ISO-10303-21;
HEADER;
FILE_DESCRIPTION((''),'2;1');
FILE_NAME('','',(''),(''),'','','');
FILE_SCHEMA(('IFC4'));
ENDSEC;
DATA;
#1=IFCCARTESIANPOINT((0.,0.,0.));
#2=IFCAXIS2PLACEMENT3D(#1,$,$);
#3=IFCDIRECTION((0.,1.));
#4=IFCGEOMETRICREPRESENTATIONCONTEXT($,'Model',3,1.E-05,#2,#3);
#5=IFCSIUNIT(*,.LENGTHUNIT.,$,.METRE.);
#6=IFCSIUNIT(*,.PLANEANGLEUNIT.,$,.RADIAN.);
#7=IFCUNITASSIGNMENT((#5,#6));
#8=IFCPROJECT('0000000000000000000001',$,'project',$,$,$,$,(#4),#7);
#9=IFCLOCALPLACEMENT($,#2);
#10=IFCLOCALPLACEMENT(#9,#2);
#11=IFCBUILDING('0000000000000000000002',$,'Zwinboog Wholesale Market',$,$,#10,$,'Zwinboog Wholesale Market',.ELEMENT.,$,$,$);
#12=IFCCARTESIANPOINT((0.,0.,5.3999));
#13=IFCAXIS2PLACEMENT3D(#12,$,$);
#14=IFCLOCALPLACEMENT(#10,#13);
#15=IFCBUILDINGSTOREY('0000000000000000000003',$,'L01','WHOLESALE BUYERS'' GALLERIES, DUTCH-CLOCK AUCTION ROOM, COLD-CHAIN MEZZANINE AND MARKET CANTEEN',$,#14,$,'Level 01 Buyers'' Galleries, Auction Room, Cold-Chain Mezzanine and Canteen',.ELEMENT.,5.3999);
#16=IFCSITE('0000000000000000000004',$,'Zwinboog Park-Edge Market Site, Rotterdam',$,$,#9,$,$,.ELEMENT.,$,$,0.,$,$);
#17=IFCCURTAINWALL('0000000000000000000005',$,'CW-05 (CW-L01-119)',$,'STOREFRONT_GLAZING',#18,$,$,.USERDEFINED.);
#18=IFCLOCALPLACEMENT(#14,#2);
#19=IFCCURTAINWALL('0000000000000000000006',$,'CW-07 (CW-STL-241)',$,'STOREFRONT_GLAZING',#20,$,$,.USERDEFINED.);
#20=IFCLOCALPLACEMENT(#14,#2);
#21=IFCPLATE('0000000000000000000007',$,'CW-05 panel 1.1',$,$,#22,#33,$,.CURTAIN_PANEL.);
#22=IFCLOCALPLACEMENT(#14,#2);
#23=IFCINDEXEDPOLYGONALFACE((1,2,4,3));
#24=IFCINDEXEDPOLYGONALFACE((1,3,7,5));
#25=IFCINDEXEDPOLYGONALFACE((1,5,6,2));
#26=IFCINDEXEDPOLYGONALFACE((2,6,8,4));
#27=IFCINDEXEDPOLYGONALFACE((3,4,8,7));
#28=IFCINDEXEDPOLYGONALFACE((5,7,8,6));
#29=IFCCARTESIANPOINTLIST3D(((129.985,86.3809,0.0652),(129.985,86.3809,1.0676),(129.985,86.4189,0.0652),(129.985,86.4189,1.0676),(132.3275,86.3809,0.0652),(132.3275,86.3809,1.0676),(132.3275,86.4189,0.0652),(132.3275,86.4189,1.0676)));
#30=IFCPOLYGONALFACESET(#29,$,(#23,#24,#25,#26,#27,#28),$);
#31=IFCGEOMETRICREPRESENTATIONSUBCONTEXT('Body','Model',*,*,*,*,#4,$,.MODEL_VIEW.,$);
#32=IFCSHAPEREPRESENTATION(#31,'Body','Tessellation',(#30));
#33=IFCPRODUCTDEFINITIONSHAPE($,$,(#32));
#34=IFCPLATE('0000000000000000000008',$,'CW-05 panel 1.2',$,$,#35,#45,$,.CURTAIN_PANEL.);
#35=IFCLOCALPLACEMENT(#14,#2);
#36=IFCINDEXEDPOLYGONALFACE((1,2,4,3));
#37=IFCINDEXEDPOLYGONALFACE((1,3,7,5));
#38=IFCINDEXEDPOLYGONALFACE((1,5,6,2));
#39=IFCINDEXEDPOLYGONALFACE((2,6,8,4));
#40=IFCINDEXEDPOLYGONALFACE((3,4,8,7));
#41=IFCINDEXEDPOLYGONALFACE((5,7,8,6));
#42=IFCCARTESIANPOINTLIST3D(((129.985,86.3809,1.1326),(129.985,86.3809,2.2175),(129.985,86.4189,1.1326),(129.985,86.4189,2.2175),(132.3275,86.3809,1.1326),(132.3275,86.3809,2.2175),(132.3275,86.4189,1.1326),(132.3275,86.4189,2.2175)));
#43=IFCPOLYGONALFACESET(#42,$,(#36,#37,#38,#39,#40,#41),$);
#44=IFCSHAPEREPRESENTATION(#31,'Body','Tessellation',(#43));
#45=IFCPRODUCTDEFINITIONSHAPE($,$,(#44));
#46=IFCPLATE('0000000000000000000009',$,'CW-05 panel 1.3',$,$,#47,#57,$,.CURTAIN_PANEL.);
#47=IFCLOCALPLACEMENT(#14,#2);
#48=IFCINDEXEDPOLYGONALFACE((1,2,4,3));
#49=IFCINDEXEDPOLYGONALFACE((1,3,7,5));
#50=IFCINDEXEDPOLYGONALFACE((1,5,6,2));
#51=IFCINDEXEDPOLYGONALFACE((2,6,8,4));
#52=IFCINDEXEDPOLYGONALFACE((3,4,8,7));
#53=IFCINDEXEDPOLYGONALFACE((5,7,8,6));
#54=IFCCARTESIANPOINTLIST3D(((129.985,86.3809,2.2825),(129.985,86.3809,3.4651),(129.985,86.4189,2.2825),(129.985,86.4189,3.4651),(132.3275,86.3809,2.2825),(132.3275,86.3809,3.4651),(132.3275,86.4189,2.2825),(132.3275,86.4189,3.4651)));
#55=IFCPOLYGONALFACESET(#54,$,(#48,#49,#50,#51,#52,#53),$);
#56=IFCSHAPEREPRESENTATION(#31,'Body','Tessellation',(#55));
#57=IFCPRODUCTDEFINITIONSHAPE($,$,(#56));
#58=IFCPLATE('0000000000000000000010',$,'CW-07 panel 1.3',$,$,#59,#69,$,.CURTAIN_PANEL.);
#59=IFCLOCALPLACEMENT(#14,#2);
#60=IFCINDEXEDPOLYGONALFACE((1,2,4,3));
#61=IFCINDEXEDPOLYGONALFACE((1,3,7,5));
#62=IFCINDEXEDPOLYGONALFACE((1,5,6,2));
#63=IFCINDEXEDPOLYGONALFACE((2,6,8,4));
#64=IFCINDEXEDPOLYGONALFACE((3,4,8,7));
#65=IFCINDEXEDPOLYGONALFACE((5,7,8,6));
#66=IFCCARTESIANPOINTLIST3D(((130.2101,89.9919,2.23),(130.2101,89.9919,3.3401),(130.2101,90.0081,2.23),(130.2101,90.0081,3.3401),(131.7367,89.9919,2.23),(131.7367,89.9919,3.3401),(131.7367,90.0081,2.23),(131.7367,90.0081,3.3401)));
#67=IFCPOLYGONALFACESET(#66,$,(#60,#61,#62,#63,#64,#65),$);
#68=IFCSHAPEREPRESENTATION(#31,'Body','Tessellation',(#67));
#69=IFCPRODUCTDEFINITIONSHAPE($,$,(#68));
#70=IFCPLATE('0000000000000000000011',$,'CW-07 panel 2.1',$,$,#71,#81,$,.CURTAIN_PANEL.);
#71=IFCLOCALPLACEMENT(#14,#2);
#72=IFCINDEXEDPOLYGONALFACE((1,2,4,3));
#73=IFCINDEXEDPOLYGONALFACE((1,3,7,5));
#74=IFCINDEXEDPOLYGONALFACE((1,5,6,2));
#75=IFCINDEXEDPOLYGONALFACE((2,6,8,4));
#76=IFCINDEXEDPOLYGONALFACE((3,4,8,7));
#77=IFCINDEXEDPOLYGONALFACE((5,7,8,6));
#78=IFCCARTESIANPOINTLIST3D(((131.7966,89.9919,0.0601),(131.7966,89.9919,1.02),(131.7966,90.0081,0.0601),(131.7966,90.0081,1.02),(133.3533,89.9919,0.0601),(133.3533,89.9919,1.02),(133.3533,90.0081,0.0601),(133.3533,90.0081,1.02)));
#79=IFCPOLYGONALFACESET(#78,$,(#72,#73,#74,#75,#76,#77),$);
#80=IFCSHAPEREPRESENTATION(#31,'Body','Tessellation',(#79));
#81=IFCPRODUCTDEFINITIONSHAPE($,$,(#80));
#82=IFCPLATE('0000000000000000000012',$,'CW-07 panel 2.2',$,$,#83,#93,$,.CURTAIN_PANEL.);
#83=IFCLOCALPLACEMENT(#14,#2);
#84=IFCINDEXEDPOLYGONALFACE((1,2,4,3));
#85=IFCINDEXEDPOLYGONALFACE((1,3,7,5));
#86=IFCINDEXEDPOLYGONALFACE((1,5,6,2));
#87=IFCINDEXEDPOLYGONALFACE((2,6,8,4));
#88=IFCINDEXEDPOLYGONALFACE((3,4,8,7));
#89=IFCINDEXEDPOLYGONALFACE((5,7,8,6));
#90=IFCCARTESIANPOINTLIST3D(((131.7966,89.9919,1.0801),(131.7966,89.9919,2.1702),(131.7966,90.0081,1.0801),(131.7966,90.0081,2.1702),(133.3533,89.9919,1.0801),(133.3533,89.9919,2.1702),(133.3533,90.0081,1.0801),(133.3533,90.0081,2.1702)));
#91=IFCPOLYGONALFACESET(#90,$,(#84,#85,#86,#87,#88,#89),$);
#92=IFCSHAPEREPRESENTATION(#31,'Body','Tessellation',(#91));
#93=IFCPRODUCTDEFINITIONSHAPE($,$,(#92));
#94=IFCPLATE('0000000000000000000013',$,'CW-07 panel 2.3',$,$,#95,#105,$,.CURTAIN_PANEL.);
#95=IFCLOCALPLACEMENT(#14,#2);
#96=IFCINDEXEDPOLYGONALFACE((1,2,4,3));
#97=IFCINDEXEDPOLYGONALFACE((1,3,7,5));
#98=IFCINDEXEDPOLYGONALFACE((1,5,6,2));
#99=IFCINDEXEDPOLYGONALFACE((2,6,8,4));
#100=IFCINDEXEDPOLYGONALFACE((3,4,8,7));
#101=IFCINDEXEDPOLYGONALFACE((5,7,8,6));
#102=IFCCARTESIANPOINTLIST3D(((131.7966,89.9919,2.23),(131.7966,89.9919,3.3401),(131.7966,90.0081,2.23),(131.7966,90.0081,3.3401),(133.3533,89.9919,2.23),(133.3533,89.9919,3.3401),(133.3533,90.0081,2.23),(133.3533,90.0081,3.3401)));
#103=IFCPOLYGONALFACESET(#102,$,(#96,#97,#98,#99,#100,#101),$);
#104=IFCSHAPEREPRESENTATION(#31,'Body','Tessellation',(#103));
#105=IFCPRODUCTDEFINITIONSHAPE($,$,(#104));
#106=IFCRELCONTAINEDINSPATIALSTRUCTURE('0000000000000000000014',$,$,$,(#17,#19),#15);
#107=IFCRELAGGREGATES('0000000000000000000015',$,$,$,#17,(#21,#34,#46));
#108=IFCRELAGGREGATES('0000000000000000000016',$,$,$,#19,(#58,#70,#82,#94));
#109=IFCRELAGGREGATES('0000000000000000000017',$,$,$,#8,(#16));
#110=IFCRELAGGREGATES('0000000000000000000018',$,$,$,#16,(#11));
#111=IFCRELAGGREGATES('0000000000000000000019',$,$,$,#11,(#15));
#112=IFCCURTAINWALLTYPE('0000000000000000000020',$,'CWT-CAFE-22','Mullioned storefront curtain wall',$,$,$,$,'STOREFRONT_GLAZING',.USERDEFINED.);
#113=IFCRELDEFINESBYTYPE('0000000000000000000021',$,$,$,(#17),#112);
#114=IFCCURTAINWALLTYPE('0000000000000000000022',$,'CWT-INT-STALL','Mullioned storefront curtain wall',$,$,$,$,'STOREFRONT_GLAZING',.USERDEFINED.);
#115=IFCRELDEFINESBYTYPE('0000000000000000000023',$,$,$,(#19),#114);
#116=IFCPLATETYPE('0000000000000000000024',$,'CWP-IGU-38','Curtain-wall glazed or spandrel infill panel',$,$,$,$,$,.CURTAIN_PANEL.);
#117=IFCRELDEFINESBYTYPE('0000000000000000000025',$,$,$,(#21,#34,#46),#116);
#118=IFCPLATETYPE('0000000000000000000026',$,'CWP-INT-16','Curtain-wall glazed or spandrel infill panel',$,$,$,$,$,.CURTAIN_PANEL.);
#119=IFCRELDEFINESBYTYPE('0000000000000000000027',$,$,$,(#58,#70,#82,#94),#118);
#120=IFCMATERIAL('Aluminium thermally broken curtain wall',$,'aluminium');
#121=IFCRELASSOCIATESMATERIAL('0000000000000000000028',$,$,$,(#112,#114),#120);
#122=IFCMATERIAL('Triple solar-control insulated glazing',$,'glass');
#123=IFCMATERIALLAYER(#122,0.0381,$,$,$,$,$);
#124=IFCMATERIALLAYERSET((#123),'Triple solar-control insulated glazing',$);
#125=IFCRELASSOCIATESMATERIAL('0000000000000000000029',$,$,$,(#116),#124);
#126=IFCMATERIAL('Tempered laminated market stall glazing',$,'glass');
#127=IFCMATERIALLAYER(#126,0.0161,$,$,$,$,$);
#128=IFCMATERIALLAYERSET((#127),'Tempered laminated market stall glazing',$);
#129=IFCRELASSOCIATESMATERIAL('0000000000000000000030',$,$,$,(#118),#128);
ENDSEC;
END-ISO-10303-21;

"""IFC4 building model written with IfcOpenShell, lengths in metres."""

from ifc_helpers import new_model, si_unit, direction, frame, origin, origin_2d, place, context, subcontext, project, spatial, rectangle, extrude, material, layer, layer_set, type_object, element, aggregate, save


model = new_model("IFC4")

# Units and contexts
model_context = context("Model", 3, precision=1e-05, world=origin(), true_north=direction((0.0, 1.0)))
body_context = subcontext(model_context, "Body", "Model", "MODEL_VIEW")
ifc_project = project(units=[si_unit("LENGTHUNIT", "METRE"), si_unit("PLANEANGLEUNIT", "RADIAN")], contexts=[model_context])

# Site, building, storey
site_placement = place(None, origin())
site = spatial("IfcSite", under=ifc_project, at=site_placement, Name="Zwinboog Park-Edge Market Site, Rotterdam", CompositionType="ELEMENT", RefElevation=0.0)
building_placement = place(site_placement, origin())
building = spatial("IfcBuilding", under=site, at=building_placement, Name="Zwinboog Wholesale Market", LongName="Zwinboog Wholesale Market", CompositionType="ELEMENT")
storey_placement = place(building_placement, frame((0.0, 0.0, 5.3999)))
storey = spatial("IfcBuildingStorey", under=building, at=storey_placement, Name="L01", Description="WHOLESALE BUYERS' GALLERIES, DUTCH-CLOCK AUCTION ROOM, COLD-CHAIN MEZZANINE AND MARKET CANTEEN", LongName="Level 01 Buyers' Galleries, Auction Room, Cold-Chain Mezzanine and Canteen", CompositionType="ELEMENT", Elevation=5.3999)

# Curtain walls
ifc_material_1 = material(Name="Aluminium thermally broken curtain wall", Category="aluminium")
curtain_wall_type_1 = type_object("IfcCurtainWallType", Name="CWT-CAFE-22", Description="Mullioned storefront curtain wall", ElementType="STOREFRONT_GLAZING", PredefinedType="USERDEFINED", material=ifc_material_1)
curtain_wall_1_placement = place(storey_placement, origin())
curtain_wall_1 = element("IfcCurtainWall", 1, at=curtain_wall_1_placement, inside=storey, type_object=curtain_wall_type_1, Name="CW-05 (CW-L01-119)", ObjectType="STOREFRONT_GLAZING", PredefinedType="USERDEFINED")
curtain_wall_type_2 = type_object("IfcCurtainWallType", Name="CWT-INT-STALL", Description="Mullioned storefront curtain wall", ElementType="STOREFRONT_GLAZING", PredefinedType="USERDEFINED", material=ifc_material_1)
curtain_wall_2_placement = place(storey_placement, origin())
curtain_wall_2 = element("IfcCurtainWall", 2, at=curtain_wall_2_placement, inside=storey, type_object=curtain_wall_type_2, Name="CW-07 (CW-STL-241)", ObjectType="STOREFRONT_GLAZING", PredefinedType="USERDEFINED")

# Plates
ifc_material_2 = material(Name="Triple solar-control insulated glazing", Category="glass")
ifc_layer_1 = layer(ifc_material_2, 0.0381)
ifc_layer_set_1 = layer_set([ifc_layer_1], Name="Triple solar-control insulated glazing")
plate_type_1 = type_object("IfcPlateType", Name="CWP-IGU-38", Description="Curtain-wall glazed or spandrel infill panel", PredefinedType="CURTAIN_PANEL", material=ifc_layer_set_1)
plate_1_placement = place(storey_placement, frame((131.1562, 86.3999, 0.0652), z_axis=(0.0, 0.0, 1.0), x_axis=(1.0, 0.0, 0.0)))
plate_1 = element("IfcPlate", 3, at=plate_1_placement, type_object=plate_type_1, Name="CW-05 panel 1.1", PredefinedType="CURTAIN_PANEL", context=body_context, shape_type="SweptSolid", body=[
    extrude(rectangle(XDim=2.3425, YDim=0.0381, at=origin_2d()), origin(), (0.0, 0.0, 1.0), 1.0024),
])
plate_2_placement = place(storey_placement, frame((131.1562, 86.3999, 1.1326), z_axis=(0.0, 0.0, 1.0), x_axis=(1.0, 0.0, 0.0)))
plate_2 = element("IfcPlate", 4, at=plate_2_placement, type_object=plate_type_1, Name="CW-05 panel 1.2", PredefinedType="CURTAIN_PANEL", context=body_context, shape_type="SweptSolid", body=[
    extrude(rectangle(XDim=2.3425, YDim=0.0381, at=origin_2d()), origin(), (0.0, 0.0, 1.0), 1.085),
])
plate_3_placement = place(storey_placement, frame((131.1562, 86.3999, 2.2825), z_axis=(0.0, 0.0, 1.0), x_axis=(1.0, 0.0, 0.0)))
plate_3 = element("IfcPlate", 5, at=plate_3_placement, type_object=plate_type_1, Name="CW-05 panel 1.3", PredefinedType="CURTAIN_PANEL", context=body_context, shape_type="SweptSolid", body=[
    extrude(rectangle(XDim=2.3425, YDim=0.0381, at=origin_2d()), origin(), (0.0, 0.0, 1.0), 1.1826),
])
aggregate(curtain_wall_1, [plate_1, plate_2, plate_3])
ifc_material_3 = material(Name="Tempered laminated market stall glazing", Category="glass")
ifc_layer_2 = layer(ifc_material_3, 0.0161)
ifc_layer_set_2 = layer_set([ifc_layer_2], Name="Tempered laminated market stall glazing")
plate_type_2 = type_object("IfcPlateType", Name="CWP-INT-16", Description="Curtain-wall glazed or spandrel infill panel", PredefinedType="CURTAIN_PANEL", material=ifc_layer_set_2)
plate_4_placement = place(storey_placement, frame((130.9734, 90.0, 2.23), z_axis=(0.0, 0.0, 1.0), x_axis=(1.0, 0.0, 0.0)))
plate_4 = element("IfcPlate", 6, at=plate_4_placement, type_object=plate_type_2, Name="CW-07 panel 1.3", PredefinedType="CURTAIN_PANEL", context=body_context, shape_type="SweptSolid", body=[
    extrude(rectangle(XDim=1.5266, YDim=0.0161, at=origin_2d()), origin(), (0.0, 0.0, 1.0), 1.1101),
])
plate_5_placement = place(storey_placement, frame((132.575, 90.0, 0.0601), z_axis=(0.0, 0.0, 1.0), x_axis=(1.0, 0.0, 0.0)))
plate_5 = element("IfcPlate", 7, at=plate_5_placement, type_object=plate_type_2, Name="CW-07 panel 2.1", PredefinedType="CURTAIN_PANEL", context=body_context, shape_type="SweptSolid", body=[
    extrude(rectangle(XDim=1.5566, YDim=0.0161, at=origin_2d()), origin(), (0.0, 0.0, 1.0), 0.96),
])
plate_6_placement = place(storey_placement, frame((132.575, 90.0, 1.0801), z_axis=(0.0, 0.0, 1.0), x_axis=(1.0, 0.0, 0.0)))
plate_6 = element("IfcPlate", 8, at=plate_6_placement, type_object=plate_type_2, Name="CW-07 panel 2.2", PredefinedType="CURTAIN_PANEL", context=body_context, shape_type="SweptSolid", body=[
    extrude(rectangle(XDim=1.5566, YDim=0.0161, at=origin_2d()), origin(), (0.0, 0.0, 1.0), 1.0901),
])
plate_7_placement = place(storey_placement, frame((132.575, 90.0, 2.23), z_axis=(0.0, 0.0, 1.0), x_axis=(1.0, 0.0, 0.0)))
plate_7 = element("IfcPlate", 9, at=plate_7_placement, type_object=plate_type_2, Name="CW-07 panel 2.3", PredefinedType="CURTAIN_PANEL", context=body_context, shape_type="SweptSolid", body=[
    extrude(rectangle(XDim=1.5566, YDim=0.0161, at=origin_2d()), origin(), (0.0, 0.0, 1.0), 1.1101),
])
aggregate(curtain_wall_2, [plate_4, plate_5, plate_6, plate_7])

save(model, "model.ifc")
